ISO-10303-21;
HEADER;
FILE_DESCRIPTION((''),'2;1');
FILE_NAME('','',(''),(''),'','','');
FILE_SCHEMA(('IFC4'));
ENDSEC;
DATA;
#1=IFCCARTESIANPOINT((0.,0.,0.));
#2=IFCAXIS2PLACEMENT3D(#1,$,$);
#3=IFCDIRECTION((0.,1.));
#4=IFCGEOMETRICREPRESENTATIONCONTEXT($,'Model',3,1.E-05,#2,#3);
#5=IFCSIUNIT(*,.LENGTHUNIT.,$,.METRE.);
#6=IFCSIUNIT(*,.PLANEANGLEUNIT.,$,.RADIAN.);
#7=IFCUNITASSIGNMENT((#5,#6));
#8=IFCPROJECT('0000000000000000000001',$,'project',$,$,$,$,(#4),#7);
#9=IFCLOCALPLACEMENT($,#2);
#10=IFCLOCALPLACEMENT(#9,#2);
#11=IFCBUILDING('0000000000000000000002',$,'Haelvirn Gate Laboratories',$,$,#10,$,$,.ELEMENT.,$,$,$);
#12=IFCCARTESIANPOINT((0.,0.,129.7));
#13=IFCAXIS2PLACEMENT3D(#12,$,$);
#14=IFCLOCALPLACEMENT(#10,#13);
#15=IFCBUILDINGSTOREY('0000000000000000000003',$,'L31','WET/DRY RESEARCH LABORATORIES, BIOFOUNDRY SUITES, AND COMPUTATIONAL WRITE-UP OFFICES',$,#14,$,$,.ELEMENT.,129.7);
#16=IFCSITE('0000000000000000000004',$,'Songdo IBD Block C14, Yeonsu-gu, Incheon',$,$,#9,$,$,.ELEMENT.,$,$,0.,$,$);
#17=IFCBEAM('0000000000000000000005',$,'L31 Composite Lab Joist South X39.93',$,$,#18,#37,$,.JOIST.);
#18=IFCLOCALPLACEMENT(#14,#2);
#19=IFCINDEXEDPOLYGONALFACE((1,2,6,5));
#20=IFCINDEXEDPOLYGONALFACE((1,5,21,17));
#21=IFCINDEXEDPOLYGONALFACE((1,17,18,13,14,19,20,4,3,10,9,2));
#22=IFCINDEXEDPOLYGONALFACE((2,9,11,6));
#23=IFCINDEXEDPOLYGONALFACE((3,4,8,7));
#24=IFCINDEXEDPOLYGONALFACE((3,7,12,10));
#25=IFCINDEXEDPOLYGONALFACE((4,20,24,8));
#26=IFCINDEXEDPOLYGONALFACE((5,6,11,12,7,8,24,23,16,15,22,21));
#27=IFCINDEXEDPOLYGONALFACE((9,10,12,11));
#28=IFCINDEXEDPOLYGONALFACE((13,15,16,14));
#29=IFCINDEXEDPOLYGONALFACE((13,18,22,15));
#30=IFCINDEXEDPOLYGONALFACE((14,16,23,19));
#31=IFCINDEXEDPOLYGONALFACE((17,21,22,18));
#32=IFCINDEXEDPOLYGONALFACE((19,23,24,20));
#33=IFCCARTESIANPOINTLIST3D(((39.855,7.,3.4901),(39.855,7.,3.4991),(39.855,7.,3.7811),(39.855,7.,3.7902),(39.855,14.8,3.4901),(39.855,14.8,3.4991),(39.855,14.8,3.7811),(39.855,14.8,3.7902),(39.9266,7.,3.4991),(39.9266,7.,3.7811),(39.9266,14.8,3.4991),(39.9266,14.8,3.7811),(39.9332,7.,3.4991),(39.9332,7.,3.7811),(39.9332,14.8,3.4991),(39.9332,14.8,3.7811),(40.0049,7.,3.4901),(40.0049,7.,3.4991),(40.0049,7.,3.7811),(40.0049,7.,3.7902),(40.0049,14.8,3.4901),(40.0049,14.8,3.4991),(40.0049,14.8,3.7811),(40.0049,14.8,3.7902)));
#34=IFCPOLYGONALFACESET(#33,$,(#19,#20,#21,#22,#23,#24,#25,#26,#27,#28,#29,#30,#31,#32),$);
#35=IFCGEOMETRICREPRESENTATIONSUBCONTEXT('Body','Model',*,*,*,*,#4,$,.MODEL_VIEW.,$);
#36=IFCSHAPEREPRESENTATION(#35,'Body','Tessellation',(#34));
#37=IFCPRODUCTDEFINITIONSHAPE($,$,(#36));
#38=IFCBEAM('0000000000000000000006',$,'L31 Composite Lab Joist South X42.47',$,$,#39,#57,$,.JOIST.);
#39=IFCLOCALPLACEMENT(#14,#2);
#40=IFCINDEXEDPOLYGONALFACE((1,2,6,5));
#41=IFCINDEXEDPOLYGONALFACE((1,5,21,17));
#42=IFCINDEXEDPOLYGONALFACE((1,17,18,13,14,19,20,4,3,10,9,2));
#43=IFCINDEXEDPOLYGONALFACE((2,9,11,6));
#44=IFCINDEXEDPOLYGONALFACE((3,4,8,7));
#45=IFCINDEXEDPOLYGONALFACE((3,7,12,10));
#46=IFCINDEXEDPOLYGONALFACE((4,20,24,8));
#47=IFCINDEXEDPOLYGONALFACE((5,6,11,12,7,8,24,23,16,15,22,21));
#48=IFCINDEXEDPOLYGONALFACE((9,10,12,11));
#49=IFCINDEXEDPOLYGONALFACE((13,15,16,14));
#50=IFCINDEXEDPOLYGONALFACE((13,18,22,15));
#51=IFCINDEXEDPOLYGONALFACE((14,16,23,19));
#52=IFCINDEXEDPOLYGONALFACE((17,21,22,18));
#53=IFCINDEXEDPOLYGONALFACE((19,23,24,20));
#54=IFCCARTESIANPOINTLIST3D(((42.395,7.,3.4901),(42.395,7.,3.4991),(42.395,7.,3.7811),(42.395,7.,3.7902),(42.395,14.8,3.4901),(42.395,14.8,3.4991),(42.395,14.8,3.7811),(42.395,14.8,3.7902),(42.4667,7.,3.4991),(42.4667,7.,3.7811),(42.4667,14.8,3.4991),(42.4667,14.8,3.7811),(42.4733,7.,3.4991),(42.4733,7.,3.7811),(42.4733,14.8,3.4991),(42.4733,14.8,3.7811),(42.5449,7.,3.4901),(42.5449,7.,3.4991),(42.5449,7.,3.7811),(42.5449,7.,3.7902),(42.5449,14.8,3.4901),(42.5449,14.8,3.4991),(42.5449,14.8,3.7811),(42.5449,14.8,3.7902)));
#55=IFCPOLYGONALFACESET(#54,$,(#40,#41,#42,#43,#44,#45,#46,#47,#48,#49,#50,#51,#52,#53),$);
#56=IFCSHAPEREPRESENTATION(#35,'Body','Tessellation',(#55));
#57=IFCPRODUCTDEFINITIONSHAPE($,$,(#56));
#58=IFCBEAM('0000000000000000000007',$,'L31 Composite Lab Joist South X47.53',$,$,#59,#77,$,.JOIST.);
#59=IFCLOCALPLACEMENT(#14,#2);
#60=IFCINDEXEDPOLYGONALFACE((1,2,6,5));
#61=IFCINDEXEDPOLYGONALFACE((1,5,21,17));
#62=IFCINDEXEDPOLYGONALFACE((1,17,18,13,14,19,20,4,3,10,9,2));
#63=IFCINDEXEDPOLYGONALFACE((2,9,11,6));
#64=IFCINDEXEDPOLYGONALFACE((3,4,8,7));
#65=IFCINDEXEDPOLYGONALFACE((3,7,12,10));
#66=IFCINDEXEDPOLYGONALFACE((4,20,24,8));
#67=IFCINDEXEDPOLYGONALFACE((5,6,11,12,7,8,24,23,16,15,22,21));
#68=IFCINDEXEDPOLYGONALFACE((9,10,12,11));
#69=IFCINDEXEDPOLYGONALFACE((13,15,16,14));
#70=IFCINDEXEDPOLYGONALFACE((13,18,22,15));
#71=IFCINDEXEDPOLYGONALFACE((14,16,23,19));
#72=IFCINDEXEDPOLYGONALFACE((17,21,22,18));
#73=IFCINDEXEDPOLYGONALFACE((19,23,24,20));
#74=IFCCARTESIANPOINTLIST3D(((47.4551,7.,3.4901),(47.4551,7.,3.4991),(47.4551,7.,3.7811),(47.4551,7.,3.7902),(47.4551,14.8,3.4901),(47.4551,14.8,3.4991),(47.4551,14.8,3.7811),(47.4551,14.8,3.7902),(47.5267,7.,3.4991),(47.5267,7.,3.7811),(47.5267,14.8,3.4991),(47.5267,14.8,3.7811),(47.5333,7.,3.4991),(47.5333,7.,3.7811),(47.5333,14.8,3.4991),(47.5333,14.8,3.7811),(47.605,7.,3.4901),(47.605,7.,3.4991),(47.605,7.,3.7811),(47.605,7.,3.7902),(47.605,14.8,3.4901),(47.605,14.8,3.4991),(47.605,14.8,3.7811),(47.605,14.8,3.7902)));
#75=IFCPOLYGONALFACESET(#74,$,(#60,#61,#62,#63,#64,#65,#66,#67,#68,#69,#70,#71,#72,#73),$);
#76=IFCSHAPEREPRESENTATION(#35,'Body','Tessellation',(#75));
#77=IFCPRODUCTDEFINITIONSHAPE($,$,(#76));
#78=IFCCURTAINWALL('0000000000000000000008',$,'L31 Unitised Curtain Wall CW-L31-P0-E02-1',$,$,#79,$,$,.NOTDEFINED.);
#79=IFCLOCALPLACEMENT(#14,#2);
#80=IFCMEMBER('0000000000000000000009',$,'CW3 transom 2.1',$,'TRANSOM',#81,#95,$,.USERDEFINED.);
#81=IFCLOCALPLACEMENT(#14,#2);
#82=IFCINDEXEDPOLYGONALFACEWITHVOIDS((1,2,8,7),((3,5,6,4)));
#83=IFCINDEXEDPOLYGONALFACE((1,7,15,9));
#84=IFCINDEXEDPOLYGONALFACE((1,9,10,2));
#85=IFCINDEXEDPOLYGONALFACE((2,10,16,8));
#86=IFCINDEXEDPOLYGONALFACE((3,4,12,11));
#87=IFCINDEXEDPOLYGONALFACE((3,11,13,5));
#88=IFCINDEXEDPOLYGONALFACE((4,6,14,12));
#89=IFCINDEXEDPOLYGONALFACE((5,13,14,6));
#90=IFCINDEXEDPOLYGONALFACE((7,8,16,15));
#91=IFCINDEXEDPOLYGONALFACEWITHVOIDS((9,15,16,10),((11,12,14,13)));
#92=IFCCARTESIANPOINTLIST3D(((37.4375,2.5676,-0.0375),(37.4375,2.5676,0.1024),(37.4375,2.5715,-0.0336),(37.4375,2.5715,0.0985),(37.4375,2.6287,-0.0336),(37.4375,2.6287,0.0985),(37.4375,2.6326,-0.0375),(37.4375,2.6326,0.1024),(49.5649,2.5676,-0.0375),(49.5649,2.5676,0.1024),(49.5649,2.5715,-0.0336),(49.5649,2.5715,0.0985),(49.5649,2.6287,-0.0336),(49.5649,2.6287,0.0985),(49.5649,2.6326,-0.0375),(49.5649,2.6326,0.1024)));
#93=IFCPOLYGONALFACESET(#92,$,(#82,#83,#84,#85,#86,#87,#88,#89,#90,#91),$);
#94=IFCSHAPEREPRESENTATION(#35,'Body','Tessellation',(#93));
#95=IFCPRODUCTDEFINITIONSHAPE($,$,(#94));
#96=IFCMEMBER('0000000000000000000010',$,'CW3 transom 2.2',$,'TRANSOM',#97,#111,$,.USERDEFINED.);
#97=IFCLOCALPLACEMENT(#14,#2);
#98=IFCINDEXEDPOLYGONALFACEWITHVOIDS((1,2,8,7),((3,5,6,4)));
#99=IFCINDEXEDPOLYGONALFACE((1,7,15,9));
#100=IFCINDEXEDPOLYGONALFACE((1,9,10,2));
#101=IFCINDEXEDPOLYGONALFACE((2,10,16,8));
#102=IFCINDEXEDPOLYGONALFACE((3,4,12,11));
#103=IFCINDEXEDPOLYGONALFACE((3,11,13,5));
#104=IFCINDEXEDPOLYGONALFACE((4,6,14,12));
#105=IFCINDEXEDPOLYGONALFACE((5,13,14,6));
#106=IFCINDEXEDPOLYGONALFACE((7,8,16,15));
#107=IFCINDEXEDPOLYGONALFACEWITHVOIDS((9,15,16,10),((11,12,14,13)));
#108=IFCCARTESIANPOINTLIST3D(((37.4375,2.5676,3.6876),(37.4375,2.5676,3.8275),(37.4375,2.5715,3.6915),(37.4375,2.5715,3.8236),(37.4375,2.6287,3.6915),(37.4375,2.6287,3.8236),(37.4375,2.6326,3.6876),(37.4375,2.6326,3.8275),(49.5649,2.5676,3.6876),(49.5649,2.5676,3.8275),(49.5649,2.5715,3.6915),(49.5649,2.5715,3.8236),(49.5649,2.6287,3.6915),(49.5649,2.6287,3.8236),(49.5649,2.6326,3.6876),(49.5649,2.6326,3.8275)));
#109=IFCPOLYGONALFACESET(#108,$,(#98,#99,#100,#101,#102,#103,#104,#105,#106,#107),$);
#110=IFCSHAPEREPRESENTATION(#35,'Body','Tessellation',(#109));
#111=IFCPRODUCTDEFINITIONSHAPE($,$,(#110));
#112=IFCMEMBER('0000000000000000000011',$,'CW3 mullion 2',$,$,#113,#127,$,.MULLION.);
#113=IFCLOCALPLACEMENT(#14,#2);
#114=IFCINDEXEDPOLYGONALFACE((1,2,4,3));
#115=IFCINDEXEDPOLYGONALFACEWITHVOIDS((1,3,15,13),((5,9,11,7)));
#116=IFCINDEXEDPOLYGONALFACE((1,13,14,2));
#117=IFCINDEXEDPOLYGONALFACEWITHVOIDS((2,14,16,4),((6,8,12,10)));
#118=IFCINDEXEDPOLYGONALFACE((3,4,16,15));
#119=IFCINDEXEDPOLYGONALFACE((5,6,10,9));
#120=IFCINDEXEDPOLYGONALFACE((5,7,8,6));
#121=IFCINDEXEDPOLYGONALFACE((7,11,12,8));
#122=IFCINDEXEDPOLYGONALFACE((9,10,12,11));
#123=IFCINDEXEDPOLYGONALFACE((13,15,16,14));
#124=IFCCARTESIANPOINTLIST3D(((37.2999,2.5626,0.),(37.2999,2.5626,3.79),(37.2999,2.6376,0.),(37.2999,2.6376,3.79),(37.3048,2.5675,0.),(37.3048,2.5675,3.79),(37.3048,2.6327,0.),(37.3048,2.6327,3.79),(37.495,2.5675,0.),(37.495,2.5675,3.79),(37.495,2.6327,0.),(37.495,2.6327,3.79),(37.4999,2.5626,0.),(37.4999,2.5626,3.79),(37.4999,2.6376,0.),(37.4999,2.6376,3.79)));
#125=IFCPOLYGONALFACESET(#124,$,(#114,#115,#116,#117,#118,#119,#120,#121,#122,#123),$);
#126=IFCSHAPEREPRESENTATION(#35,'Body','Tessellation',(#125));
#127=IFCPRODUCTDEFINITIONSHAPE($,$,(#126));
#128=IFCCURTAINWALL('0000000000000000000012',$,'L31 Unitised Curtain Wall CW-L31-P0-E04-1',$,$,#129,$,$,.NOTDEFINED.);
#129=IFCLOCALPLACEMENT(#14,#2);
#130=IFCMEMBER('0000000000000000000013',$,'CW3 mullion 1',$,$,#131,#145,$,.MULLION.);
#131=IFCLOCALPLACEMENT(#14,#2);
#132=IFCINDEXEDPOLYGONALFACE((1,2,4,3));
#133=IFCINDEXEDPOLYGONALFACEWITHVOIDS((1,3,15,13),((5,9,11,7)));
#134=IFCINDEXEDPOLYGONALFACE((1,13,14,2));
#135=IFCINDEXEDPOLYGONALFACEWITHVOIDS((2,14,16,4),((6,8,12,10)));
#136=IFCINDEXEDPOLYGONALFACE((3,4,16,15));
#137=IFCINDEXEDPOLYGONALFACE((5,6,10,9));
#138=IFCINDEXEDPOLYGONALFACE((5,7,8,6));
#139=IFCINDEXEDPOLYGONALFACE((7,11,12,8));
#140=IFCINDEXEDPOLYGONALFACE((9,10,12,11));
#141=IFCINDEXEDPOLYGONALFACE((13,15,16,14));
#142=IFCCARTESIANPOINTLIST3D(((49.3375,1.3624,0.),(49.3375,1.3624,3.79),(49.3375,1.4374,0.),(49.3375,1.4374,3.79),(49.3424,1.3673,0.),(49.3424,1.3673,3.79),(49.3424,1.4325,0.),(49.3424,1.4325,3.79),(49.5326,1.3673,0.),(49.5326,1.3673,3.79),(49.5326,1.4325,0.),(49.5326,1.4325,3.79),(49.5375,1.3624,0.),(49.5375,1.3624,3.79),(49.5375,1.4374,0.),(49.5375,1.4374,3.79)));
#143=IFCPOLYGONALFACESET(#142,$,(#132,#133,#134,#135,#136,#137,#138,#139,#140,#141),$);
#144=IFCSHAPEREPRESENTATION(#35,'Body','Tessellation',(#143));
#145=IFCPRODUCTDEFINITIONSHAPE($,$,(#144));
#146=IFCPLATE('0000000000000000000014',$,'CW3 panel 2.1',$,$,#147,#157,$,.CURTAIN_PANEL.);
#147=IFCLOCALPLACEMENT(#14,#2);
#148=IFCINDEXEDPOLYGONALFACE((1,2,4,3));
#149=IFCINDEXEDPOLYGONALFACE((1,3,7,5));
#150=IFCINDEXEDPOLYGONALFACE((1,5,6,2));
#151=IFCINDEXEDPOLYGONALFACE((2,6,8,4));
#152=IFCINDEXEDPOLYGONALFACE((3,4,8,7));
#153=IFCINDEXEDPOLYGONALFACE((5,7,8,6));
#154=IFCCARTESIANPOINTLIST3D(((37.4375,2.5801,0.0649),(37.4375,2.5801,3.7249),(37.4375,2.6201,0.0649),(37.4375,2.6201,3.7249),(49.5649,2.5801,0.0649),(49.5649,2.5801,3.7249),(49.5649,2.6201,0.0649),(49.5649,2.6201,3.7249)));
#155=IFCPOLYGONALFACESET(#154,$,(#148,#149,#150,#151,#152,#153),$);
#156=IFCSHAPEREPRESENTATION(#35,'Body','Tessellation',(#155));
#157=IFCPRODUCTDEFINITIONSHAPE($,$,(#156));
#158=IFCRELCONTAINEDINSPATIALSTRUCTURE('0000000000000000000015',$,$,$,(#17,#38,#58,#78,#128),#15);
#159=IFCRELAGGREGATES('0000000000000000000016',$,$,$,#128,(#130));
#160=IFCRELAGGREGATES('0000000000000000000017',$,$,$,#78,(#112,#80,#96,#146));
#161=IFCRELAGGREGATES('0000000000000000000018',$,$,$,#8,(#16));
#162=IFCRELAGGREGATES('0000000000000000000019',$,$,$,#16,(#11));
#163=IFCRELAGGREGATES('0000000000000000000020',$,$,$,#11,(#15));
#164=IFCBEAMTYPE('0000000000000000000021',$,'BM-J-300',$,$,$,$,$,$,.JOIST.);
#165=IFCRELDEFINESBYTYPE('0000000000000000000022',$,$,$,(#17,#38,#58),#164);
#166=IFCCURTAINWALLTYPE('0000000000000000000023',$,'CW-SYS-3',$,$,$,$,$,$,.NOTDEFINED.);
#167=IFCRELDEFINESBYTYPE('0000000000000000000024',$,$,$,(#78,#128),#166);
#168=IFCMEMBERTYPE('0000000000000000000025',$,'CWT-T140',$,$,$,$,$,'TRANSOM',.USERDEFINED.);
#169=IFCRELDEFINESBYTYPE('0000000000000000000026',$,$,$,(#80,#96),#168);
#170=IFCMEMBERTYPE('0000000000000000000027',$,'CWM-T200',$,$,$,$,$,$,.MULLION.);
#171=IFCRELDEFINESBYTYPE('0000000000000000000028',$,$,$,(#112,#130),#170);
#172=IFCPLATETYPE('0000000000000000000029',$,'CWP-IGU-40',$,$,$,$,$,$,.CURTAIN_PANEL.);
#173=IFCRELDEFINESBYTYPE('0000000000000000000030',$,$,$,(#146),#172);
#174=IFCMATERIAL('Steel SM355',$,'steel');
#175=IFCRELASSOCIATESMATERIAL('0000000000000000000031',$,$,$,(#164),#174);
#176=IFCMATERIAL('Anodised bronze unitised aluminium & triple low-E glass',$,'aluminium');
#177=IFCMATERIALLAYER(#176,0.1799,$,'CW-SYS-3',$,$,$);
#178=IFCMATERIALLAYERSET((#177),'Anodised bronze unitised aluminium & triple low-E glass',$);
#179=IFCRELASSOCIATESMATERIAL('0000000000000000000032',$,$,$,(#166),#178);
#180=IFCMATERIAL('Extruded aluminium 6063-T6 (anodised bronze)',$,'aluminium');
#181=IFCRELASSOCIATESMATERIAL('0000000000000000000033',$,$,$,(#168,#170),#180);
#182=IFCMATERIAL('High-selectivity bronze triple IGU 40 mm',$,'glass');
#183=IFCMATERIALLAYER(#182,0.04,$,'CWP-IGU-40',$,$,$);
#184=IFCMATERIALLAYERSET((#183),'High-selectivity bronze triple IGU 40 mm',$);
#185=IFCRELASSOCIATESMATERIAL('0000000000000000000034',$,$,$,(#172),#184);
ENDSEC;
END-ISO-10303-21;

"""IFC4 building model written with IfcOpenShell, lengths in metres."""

from ifc_helpers import new_model, si_unit, direction, frame, origin, origin_2d, place, context, subcontext, project, spatial, rectangle, hollow_rectangle, i_section, extrude, source, transform, mapped, material, layer, layer_set, material_profile, profile_set, type_object, type_shapes, element, aggregate, save


model = new_model("IFC4")

# Units and contexts
model_context = context("Model", 3, precision=1e-05, world=origin(), true_north=direction((0.0, 1.0)))
body_context = subcontext(model_context, "Body", "Model", "MODEL_VIEW")
ifc_project = project(units=[si_unit("LENGTHUNIT", "METRE"), si_unit("PLANEANGLEUNIT", "RADIAN")], contexts=[model_context])

# Site, building, storey
site_placement = place(None, origin())
site = spatial("IfcSite", under=ifc_project, at=site_placement, Name="Songdo IBD Block C14, Yeonsu-gu, Incheon", CompositionType="ELEMENT", RefElevation=0.0)
building_placement = place(site_placement, origin())
building = spatial("IfcBuilding", under=site, at=building_placement, Name="Haelvirn Gate Laboratories", CompositionType="ELEMENT")
storey_placement = place(building_placement, frame((0.0, 0.0, 129.7)))
storey = spatial("IfcBuildingStorey", under=building, at=storey_placement, Name="L31", Description="WET/DRY RESEARCH LABORATORIES, BIOFOUNDRY SUITES, AND COMPUTATIONAL WRITE-UP OFFICES", CompositionType="ELEMENT", Elevation=129.7)

# Shared definitions
ifc_material_1 = material(Name="Steel SM355", Category="steel")

# Beams
ifc_material_profile_1 = material_profile(ifc_material_1, i_section(OverallWidth=0.1499, OverallDepth=0.3, WebThickness=0.0066, FlangeThickness=0.009, at=origin_2d()), Name="H-300x150x6.5x9")
ifc_profile_set_1 = profile_set([ifc_material_profile_1], Name="Steel SM355")
beam_type_1 = type_object("IfcBeamType", Name="BM-J-300", PredefinedType="JOIST", material=ifc_profile_set_1)
shared_shape_1 = source(origin(), body_context, "Body", "SweptSolid", [
    extrude(i_section(OverallWidth=0.1499, OverallDepth=0.3, WebThickness=0.0066, FlangeThickness=0.009, at=origin_2d()), origin(), (0.0, 0.0, 1.0), 7.8),
])
type_shapes(beam_type_1, [shared_shape_1])
for number, where, z_axis, x_axis, name in (
    (1, (39.9299, 7.0, 3.6401), (0.0, 1.0, 0.0), (-1.0, 0.0, 0.0), "L31 Composite Lab Joist South X39.93"),
    (2, (42.47, 7.0, 3.6401), (0.0, 1.0, 0.0), (-1.0, 0.0, 0.0), "L31 Composite Lab Joist South X42.47"),
    (3, (47.53, 7.0, 3.6401), (0.0, 1.0, 0.0), (-1.0, 0.0, 0.0), "L31 Composite Lab Joist South X47.53"),
):
    element("IfcBeam", number, at=place(storey_placement, frame(where, z_axis=z_axis, x_axis=x_axis)), inside=storey, type_object=beam_type_1, Name=name, PredefinedType="JOIST", context=body_context, shape_type="MappedRepresentation", body=[
        mapped(shared_shape_1, transform((0.0, 0.0, 0.0), scale=1.0)),
    ])

# Curtain wall, members
ifc_material_2 = material(Name="Anodised bronze unitised aluminium & triple low-E glass", Category="aluminium")
ifc_layer_1 = layer(ifc_material_2, 0.1799, Name="CW-SYS-3")
ifc_layer_set_1 = layer_set([ifc_layer_1], Name="Anodised bronze unitised aluminium & triple low-E glass")
curtain_wall_type = type_object("IfcCurtainWallType", Name="CW-SYS-3", PredefinedType="NOTDEFINED", material=ifc_layer_set_1)
curtain_wall_1_placement = place(storey_placement, origin())
curtain_wall_1 = element("IfcCurtainWall", 4, at=curtain_wall_1_placement, inside=storey, type_object=curtain_wall_type, Name="L31 Unitised Curtain Wall CW-L31-P0-E02-1", PredefinedType="NOTDEFINED")
ifc_material_3 = material(Name="Extruded aluminium 6063-T6 (anodised bronze)", Category="aluminium")
ifc_material_profile_2 = material_profile(ifc_material_3, hollow_rectangle(XDim=0.0649, YDim=0.1399, WallThickness=0.0039, at=origin_2d()), Name="CWT-140x65x4")
ifc_profile_set_2 = profile_set([ifc_material_profile_2], Name="Extruded aluminium 6063-T6 (anodised bronze)")
member_type_1 = type_object("IfcMemberType", Name="CWT-T140", ElementType="TRANSOM", PredefinedType="USERDEFINED", material=ifc_profile_set_2)
shared_shape_2 = source(origin(), body_context, "Body", "SweptSolid", [
    extrude(hollow_rectangle(XDim=0.0649, YDim=0.1399, WallThickness=0.0039, at=origin_2d()), origin(), (0.0, 0.0, 1.0), 12.1274),
])
type_shapes(member_type_1, [shared_shape_2])
member_1_placement = place(storey_placement, frame((37.4375, 2.6001, 0.0325), z_axis=(1.0, 0.0, 0.0), x_axis=(0.0, 1.0, 0.0)))
member_1 = element("IfcMember", 5, at=member_1_placement, type_object=member_type_1, Name="CW3 transom 2.1", ObjectType="TRANSOM", PredefinedType="USERDEFINED", context=body_context, shape_type="MappedRepresentation", body=[
    mapped(shared_shape_2, transform((0.0, 0.0, 0.0), scale=1.0)),
])
member_2_placement = place(storey_placement, frame((37.4375, 2.6001, 3.7576), z_axis=(1.0, 0.0, 0.0), x_axis=(0.0, 1.0, 0.0)))
member_2 = element("IfcMember", 6, at=member_2_placement, type_object=member_type_1, Name="CW3 transom 2.2", ObjectType="TRANSOM", PredefinedType="USERDEFINED", context=body_context, shape_type="MappedRepresentation", body=[
    mapped(shared_shape_2, transform((0.0, 0.0, 0.0), scale=1.0)),
])
ifc_material_profile_3 = material_profile(ifc_material_3, hollow_rectangle(XDim=0.075, YDim=0.2, WallThickness=0.0049, at=origin_2d()), Name="CWM-200x75x5")
ifc_profile_set_3 = profile_set([ifc_material_profile_3], Name="Extruded aluminium 6063-T6 (anodised bronze)")
member_type_2 = type_object("IfcMemberType", Name="CWM-T200", PredefinedType="MULLION", material=ifc_profile_set_3)
shared_shape_3 = source(origin(), body_context, "Body", "SweptSolid", [
    extrude(hollow_rectangle(XDim=0.075, YDim=0.2, WallThickness=0.0049, at=origin_2d()), origin(), (0.0, 0.0, 1.0), 3.79),
])
type_shapes(member_type_2, [shared_shape_3])
member_3_placement = place(storey_placement, frame((37.3999, 2.6001, 0.0), z_axis=(0.0, 0.0, 1.0), x_axis=(0.0, 1.0, 0.0)))
member_3 = element("IfcMember", 7, at=member_3_placement, type_object=member_type_2, Name="CW3 mullion 2", PredefinedType="MULLION", context=body_context, shape_type="MappedRepresentation", body=[
    mapped(shared_shape_3, transform((0.0, 0.0, 0.0), scale=1.0)),
])

# Curtain wall, member
curtain_wall_2_placement = place(storey_placement, origin())
curtain_wall_2 = element("IfcCurtainWall", 8, at=curtain_wall_2_placement, inside=storey, type_object=curtain_wall_type, Name="L31 Unitised Curtain Wall CW-L31-P0-E04-1", PredefinedType="NOTDEFINED")
member_4_placement = place(storey_placement, frame((49.4375, 1.3999, 0.0), z_axis=(0.0, 0.0, 1.0), x_axis=(0.0, 1.0, 0.0)))
member_4 = element("IfcMember", 9, at=member_4_placement, type_object=member_type_2, Name="CW3 mullion 1", PredefinedType="MULLION", context=body_context, shape_type="MappedRepresentation", body=[
    mapped(shared_shape_3, transform((0.0, 0.0, 0.0), scale=1.0)),
])
aggregate(curtain_wall_2, [member_4])

# Plate
ifc_material_4 = material(Name="High-selectivity bronze triple IGU 40 mm", Category="glass")
ifc_layer_2 = layer(ifc_material_4, 0.04, Name="CWP-IGU-40")
ifc_layer_set_2 = layer_set([ifc_layer_2], Name="High-selectivity bronze triple IGU 40 mm")
plate_type = type_object("IfcPlateType", Name="CWP-IGU-40", PredefinedType="CURTAIN_PANEL", material=ifc_layer_set_2)
shared_shape_4 = source(origin(), body_context, "Body", "SweptSolid", [
    extrude(rectangle(XDim=12.1274, YDim=0.04, at=origin_2d()), origin(), (0.0, 0.0, 1.0), 3.6599),
])
type_shapes(plate_type, [shared_shape_4])
plate_placement = place(storey_placement, frame((43.5012, 2.6001, 0.0649), z_axis=(0.0, 0.0, 1.0), x_axis=(1.0, 0.0, 0.0)))
plate = element("IfcPlate", 10, at=plate_placement, type_object=plate_type, Name="CW3 panel 2.1", PredefinedType="CURTAIN_PANEL", context=body_context, shape_type="MappedRepresentation", body=[
    mapped(shared_shape_4, transform((0.0, 0.0, 0.0), scale=1.0)),
])
aggregate(curtain_wall_1, [member_3, member_1, member_2, plate])

save(model, "model.ifc")
